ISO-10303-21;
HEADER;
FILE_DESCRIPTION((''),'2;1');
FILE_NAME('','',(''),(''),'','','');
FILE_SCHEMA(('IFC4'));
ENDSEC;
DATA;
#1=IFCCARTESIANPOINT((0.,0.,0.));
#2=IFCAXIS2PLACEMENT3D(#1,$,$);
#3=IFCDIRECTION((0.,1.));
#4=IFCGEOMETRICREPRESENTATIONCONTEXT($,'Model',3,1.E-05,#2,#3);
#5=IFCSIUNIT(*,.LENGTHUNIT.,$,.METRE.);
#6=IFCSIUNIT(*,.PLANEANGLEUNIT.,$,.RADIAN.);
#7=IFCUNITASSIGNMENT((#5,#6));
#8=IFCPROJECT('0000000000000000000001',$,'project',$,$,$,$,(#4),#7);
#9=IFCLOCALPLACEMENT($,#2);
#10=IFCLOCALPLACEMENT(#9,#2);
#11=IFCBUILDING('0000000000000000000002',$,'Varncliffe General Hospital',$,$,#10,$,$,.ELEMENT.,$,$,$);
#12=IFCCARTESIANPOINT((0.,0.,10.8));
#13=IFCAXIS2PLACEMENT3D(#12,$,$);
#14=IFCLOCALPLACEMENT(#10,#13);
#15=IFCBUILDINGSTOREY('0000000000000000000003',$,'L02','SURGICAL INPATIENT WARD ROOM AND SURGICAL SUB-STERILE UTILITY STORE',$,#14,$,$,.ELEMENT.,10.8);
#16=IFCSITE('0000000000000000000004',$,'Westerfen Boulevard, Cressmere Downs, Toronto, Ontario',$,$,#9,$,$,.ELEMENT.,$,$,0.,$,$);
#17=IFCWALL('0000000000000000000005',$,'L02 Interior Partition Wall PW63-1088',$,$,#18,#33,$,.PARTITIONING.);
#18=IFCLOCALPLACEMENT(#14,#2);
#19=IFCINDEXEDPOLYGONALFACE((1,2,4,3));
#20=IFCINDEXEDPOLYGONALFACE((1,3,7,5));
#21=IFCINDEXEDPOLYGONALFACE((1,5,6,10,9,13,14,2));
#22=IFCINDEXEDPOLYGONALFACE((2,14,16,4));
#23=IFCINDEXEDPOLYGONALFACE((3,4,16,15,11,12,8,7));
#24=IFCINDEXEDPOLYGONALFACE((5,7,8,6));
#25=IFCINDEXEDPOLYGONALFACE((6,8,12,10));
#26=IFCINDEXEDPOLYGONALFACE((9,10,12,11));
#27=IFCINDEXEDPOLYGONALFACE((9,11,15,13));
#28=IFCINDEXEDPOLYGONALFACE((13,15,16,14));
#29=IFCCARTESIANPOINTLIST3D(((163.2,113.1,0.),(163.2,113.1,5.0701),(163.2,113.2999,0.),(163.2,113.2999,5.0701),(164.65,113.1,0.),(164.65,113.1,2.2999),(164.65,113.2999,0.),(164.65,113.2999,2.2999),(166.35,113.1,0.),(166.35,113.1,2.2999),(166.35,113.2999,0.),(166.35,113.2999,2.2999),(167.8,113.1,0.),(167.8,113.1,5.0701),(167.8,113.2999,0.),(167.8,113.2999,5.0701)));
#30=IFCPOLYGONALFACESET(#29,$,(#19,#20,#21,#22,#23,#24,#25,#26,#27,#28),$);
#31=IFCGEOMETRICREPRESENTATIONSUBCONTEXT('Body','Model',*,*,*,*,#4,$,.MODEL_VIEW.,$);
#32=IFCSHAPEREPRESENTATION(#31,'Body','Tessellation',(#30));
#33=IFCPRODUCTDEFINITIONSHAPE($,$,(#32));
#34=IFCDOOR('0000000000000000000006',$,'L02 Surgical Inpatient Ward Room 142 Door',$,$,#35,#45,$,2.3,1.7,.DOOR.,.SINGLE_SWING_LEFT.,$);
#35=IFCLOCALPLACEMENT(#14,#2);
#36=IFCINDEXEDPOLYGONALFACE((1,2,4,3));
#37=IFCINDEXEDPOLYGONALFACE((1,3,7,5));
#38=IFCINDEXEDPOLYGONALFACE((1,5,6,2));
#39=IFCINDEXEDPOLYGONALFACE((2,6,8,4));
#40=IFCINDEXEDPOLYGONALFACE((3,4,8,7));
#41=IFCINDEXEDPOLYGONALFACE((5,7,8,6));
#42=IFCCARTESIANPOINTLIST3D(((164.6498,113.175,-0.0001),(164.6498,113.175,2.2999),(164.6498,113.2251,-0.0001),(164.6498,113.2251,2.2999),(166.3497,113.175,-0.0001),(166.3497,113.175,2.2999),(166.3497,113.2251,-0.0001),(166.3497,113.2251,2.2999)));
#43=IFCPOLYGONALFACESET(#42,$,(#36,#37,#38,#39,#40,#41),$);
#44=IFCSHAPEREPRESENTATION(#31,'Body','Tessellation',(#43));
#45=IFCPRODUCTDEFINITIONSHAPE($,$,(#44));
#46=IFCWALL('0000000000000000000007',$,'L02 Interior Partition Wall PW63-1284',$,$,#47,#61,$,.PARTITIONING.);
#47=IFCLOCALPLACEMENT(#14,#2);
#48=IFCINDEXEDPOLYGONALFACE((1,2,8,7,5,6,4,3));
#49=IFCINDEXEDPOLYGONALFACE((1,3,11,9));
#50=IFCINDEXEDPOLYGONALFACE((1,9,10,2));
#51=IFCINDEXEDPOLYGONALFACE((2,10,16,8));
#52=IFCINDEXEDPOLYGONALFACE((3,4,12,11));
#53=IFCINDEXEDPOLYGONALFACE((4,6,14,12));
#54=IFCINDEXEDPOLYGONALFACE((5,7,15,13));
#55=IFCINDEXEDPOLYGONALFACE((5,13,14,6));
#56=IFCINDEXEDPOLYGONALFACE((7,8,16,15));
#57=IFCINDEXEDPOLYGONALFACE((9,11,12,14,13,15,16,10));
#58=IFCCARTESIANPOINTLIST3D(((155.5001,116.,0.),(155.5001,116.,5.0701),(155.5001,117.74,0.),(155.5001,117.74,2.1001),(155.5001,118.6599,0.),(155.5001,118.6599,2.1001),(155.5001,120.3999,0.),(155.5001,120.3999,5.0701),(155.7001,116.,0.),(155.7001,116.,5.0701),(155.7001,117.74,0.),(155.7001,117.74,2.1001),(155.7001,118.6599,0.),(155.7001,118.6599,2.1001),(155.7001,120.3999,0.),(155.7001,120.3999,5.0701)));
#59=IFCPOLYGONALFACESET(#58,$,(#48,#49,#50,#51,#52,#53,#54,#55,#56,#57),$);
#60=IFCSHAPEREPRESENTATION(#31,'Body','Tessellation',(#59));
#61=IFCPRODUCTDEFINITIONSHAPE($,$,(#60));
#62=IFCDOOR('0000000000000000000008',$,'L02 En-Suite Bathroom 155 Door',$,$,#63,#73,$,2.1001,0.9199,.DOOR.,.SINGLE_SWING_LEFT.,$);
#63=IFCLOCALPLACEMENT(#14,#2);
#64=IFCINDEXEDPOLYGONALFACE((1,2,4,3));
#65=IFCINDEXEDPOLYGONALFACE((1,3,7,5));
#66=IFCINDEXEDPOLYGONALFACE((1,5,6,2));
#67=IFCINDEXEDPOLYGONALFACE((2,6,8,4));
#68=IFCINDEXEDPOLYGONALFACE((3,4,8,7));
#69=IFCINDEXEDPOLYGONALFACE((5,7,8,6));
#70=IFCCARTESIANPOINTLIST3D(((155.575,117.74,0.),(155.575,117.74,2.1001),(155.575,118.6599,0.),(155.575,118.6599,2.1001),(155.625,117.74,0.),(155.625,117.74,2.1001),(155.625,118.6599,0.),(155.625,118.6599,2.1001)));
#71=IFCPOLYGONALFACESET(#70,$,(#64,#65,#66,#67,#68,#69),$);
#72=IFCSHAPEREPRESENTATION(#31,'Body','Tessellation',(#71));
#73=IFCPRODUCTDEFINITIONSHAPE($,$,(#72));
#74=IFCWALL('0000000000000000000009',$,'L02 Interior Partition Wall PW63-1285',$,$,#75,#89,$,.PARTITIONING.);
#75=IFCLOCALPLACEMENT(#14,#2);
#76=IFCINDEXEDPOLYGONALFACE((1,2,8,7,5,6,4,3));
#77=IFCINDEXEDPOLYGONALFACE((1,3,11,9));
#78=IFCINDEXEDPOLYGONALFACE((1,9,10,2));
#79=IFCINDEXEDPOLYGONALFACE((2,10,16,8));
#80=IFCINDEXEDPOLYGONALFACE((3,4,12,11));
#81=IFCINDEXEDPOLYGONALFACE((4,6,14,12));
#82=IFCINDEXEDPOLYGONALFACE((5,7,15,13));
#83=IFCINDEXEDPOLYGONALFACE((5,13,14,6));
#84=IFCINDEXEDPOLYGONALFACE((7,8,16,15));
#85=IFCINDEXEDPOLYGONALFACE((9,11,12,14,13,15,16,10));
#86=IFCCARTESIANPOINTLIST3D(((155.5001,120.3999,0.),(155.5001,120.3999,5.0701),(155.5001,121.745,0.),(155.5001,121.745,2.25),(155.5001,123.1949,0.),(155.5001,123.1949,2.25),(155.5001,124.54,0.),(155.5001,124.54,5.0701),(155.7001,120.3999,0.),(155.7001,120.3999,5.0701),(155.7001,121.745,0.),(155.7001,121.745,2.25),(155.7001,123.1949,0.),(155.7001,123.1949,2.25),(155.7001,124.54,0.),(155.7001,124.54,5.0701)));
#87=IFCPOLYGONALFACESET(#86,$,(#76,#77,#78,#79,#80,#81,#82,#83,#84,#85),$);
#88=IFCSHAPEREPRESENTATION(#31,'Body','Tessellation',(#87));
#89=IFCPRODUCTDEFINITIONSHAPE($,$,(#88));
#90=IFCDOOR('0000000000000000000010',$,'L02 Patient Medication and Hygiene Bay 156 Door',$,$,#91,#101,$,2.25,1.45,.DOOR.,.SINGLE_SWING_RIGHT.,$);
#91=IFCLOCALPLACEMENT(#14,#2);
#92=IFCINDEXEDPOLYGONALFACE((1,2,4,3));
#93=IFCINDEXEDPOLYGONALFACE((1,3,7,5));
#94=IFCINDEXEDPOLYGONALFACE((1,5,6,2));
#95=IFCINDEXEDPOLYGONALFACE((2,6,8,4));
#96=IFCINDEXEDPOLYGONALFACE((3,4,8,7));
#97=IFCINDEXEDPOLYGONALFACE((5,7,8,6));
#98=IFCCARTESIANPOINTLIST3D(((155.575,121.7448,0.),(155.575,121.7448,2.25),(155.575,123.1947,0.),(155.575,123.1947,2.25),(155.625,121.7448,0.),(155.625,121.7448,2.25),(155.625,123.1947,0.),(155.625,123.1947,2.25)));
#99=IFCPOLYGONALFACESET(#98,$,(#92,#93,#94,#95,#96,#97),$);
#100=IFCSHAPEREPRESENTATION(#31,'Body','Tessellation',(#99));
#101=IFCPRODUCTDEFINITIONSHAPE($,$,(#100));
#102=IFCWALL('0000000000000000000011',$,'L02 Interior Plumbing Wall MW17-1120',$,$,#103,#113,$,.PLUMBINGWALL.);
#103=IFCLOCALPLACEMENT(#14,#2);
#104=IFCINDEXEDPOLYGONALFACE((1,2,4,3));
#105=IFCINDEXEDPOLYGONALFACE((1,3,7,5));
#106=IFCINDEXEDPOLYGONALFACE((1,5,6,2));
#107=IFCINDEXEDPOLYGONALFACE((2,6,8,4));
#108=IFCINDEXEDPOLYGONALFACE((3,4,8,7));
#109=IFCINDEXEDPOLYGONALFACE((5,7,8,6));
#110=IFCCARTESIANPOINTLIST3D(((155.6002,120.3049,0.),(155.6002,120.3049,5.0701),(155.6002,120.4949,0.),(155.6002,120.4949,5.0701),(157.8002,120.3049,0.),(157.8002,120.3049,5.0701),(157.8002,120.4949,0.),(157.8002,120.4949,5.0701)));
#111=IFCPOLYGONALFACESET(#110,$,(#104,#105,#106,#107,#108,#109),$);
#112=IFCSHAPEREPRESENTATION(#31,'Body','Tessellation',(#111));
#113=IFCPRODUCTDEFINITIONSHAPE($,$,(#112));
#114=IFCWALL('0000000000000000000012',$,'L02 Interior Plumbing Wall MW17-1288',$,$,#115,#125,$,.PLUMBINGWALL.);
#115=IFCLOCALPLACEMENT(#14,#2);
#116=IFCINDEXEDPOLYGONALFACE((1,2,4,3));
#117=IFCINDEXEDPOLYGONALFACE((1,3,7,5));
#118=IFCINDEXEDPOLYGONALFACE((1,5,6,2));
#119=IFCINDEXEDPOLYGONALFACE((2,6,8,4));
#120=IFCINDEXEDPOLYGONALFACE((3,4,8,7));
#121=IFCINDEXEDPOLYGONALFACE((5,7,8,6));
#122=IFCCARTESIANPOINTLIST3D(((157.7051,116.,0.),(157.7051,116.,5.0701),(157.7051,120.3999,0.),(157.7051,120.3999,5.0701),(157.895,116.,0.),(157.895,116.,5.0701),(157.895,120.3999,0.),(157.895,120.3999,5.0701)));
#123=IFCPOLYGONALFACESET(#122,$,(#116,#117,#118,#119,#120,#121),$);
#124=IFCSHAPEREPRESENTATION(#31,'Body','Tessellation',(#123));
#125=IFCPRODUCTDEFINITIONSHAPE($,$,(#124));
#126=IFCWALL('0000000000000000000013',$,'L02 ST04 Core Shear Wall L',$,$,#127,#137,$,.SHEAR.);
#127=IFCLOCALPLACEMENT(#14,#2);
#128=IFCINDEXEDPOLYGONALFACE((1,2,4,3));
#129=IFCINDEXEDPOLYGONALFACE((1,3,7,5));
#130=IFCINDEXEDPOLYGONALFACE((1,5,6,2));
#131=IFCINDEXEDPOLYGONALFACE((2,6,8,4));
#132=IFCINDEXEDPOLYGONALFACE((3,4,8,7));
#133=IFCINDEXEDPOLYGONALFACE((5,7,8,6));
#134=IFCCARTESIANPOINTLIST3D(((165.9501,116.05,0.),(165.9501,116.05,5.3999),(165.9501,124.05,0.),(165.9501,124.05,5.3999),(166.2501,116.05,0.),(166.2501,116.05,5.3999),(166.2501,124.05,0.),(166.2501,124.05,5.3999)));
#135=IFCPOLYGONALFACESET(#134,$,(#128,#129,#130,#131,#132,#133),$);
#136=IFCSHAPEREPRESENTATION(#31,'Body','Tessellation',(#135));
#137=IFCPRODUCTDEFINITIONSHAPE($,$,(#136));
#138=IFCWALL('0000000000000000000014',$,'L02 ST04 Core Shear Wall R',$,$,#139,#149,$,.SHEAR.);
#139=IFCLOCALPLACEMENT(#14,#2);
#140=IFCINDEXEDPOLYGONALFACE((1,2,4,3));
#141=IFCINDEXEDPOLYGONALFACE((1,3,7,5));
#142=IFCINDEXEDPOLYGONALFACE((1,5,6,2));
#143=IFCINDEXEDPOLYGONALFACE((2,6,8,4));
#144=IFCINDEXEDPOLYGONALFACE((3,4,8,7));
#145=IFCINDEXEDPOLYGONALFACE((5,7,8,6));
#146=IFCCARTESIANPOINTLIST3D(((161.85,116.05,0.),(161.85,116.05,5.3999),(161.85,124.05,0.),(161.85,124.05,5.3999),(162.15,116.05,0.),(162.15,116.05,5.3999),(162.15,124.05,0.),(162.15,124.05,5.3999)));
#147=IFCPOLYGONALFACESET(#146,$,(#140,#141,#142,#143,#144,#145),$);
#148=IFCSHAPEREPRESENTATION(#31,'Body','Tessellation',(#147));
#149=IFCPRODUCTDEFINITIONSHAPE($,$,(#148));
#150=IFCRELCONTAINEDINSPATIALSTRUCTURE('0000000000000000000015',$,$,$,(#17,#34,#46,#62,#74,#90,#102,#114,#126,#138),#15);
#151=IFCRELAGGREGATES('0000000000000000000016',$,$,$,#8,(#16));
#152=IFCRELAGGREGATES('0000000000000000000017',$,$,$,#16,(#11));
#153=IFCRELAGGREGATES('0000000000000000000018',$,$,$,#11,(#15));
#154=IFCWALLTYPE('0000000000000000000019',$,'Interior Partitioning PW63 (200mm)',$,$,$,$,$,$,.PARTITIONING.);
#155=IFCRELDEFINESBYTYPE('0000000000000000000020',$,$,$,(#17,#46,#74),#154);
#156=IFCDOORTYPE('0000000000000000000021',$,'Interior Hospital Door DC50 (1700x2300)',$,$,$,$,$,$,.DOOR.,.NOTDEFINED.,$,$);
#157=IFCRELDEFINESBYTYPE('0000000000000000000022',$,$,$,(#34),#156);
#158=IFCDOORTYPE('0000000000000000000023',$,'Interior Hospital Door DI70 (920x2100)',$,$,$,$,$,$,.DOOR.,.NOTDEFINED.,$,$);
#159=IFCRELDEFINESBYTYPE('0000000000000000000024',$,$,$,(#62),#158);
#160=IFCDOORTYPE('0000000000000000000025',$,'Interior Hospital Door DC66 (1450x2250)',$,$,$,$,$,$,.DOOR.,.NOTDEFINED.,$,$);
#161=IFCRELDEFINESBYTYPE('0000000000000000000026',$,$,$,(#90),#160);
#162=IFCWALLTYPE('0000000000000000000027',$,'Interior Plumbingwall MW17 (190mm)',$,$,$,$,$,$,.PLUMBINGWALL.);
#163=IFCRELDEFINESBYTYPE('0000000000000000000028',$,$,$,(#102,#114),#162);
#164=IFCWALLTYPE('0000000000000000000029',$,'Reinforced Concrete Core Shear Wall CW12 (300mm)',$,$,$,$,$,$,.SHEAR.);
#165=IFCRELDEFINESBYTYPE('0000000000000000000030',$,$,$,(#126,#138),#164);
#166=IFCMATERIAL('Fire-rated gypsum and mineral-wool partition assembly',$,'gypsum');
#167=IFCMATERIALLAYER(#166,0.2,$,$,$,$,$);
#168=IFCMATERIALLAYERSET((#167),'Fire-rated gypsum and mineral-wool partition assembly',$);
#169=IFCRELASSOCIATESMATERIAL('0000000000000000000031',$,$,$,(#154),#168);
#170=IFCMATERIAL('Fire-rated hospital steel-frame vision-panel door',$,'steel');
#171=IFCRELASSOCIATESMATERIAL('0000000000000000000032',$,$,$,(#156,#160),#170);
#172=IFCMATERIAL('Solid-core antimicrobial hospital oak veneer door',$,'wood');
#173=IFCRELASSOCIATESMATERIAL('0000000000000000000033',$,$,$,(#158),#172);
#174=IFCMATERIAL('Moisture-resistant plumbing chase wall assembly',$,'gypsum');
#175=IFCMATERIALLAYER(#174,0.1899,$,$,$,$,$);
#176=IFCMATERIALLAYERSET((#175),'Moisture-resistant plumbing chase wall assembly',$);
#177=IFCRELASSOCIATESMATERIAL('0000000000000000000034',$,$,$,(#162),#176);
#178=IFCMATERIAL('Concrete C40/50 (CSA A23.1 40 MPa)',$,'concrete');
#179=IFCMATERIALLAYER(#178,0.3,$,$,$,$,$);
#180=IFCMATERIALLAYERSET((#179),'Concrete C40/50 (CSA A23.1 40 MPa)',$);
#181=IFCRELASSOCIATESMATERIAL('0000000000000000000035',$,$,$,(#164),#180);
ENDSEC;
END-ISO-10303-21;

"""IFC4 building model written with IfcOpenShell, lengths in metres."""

from ifc_helpers import new_model, si_unit, direction, frame, frame_2d, origin, place, context, subcontext, project, spatial, rectangle, extrude, material, layer, layer_set, type_object, element, fill, save


model = new_model("IFC4")

# Units and contexts
model_context = context("Model", 3, precision=1e-05, world=origin(), true_north=direction((0.0, 1.0)))
body_context = subcontext(model_context, "Body", "Model", "MODEL_VIEW")
ifc_project = project(units=[si_unit("LENGTHUNIT", "METRE"), si_unit("PLANEANGLEUNIT", "RADIAN")], contexts=[model_context])

# Site, building, storey
site_placement = place(None, origin())
site = spatial("IfcSite", under=ifc_project, at=site_placement, Name="Westerfen Boulevard, Cressmere Downs, Toronto, Ontario", CompositionType="ELEMENT", RefElevation=0.0)
building_placement = place(site_placement, origin())
building = spatial("IfcBuilding", under=site, at=building_placement, Name="Varncliffe General Hospital", CompositionType="ELEMENT")
storey_placement = place(building_placement, frame((0.0, 0.0, 10.8)))
storey = spatial("IfcBuildingStorey", under=building, at=storey_placement, Name="L02", Description="SURGICAL INPATIENT WARD ROOM AND SURGICAL SUB-STERILE UTILITY STORE", CompositionType="ELEMENT", Elevation=10.8)

# Shared definitions
ifc_material_1 = material(Name="Concrete C40/50 (CSA A23.1 40 MPa)", Category="concrete")

# Walls, openings, doors
ifc_material_2 = material(Name="Fire-rated gypsum and mineral-wool partition assembly", Category="gypsum")
ifc_layer_1 = layer(ifc_material_2, 0.2)
ifc_layer_set_1 = layer_set([ifc_layer_1], Name="Fire-rated gypsum and mineral-wool partition assembly")
wall_type_1 = type_object("IfcWallType", Name="Interior Partitioning PW63 (200mm)", PredefinedType="PARTITIONING", material=ifc_layer_set_1)
wall_1_placement = place(storey_placement, frame((163.2, 113.2, 0.0), z_axis=(0.0, 0.0, 1.0), x_axis=(1.0, 0.0, 0.0)))
wall_1 = element("IfcWall", 1, at=wall_1_placement, inside=storey, type_object=wall_type_1, Name="L02 Interior Partition Wall PW63-1088", PredefinedType="PARTITIONING", context=body_context, shape_type="SweptSolid", body=[
    extrude(rectangle(XDim=4.6001, YDim=0.2, at=frame_2d((2.3, 0.0))), origin(), (0.0, 0.0, 1.0), 5.0701),
])
opening_1_placement = place(wall_1_placement, frame((1.45, 0.0, 0.0)))
opening_1 = element("IfcOpeningElement", 2, at=opening_1_placement, cuts=wall_1, PredefinedType="OPENING", context=body_context, shape_type="SweptSolid", body=[
    extrude(rectangle(XDim=1.7, YDim=2.3, at=frame_2d((0.8501, 1.1499))), frame((0.0, 0.1099, 0.0), z_axis=(0.0, -1.0, 0.0), x_axis=(1.0, 0.0, 0.0)), (0.0, 0.0, 1.0), 0.22),
])
ifc_material_3 = material(Name="Fire-rated hospital steel-frame vision-panel door", Category="steel")
door_type_1 = type_object("IfcDoorType", Name="Interior Hospital Door DC50 (1700x2300)", OperationType="NOTDEFINED", PredefinedType="DOOR", material=ifc_material_3)
door_1_placement = place(opening_1_placement, frame((1.7, 0.0, 0.0), z_axis=(0.0, 0.0, 1.0), x_axis=(-1.0, 0.0, 0.0)))
door_1 = element("IfcDoor", 3, at=door_1_placement, inside=storey, type_object=door_type_1, Name="L02 Surgical Inpatient Ward Room 142 Door", OperationType="SINGLE_SWING_LEFT", OverallHeight=2.3, OverallWidth=1.7, PredefinedType="DOOR", context=body_context, shape_type="SweptSolid", body=[
    extrude(rectangle(XDim=1.7, YDim=2.3, at=frame_2d((0.8501, 1.1499))), frame((0.0, 0.0249, 0.0), z_axis=(0.0, -1.0, 0.0), x_axis=(1.0, 0.0, 0.0)), (0.0, 0.0, 1.0), 0.05),
])
fill(opening_1, door_1)
wall_2_placement = place(storey_placement, frame((155.6001, 116.0, 0.0), z_axis=(0.0, 0.0, 1.0), x_axis=(0.0, 1.0, 0.0)))
wall_2 = element("IfcWall", 4, at=wall_2_placement, inside=storey, type_object=wall_type_1, Name="L02 Interior Partition Wall PW63-1284", PredefinedType="PARTITIONING", context=body_context, shape_type="SweptSolid", body=[
    extrude(rectangle(XDim=4.3999, YDim=0.2, at=frame_2d((2.2, 0.0))), origin(), (0.0, 0.0, 1.0), 5.0701),
])
opening_2_placement = place(wall_2_placement, frame((1.74, 0.0, 0.0)))
opening_2 = element("IfcOpeningElement", 5, at=opening_2_placement, cuts=wall_2, PredefinedType="OPENING", context=body_context, shape_type="SweptSolid", body=[
    extrude(rectangle(XDim=0.9199, YDim=2.1001, at=frame_2d((0.46, 1.05))), frame((0.0, 0.1099, 0.0), z_axis=(0.0, -1.0, 0.0), x_axis=(1.0, 0.0, 0.0)), (0.0, 0.0, 1.0), 0.22),
])
ifc_material_4 = material(Name="Solid-core antimicrobial hospital oak veneer door", Category="wood")
door_type_2 = type_object("IfcDoorType", Name="Interior Hospital Door DI70 (920x2100)", OperationType="NOTDEFINED", PredefinedType="DOOR", material=ifc_material_4)
door_2_placement = place(opening_2_placement, frame((0.9199, 0.0, 0.0), z_axis=(0.0, 0.0, 1.0), x_axis=(-1.0, 0.0, 0.0)))
door_2 = element("IfcDoor", 6, at=door_2_placement, inside=storey, type_object=door_type_2, Name="L02 En-Suite Bathroom 155 Door", OperationType="SINGLE_SWING_LEFT", OverallHeight=2.1001, OverallWidth=0.9199, PredefinedType="DOOR", context=body_context, shape_type="SweptSolid", body=[
    extrude(rectangle(XDim=0.9199, YDim=2.1001, at=frame_2d((0.46, 1.05))), frame((0.0, 0.0249, 0.0), z_axis=(0.0, -1.0, 0.0), x_axis=(1.0, 0.0, 0.0)), (0.0, 0.0, 1.0), 0.05),
])
fill(opening_2, door_2)
wall_3_placement = place(storey_placement, frame((155.6001, 120.3999, 0.0), z_axis=(0.0, 0.0, 1.0), x_axis=(0.0, 1.0, 0.0)))
wall_3 = element("IfcWall", 7, at=wall_3_placement, inside=storey, type_object=wall_type_1, Name="L02 Interior Partition Wall PW63-1285", PredefinedType="PARTITIONING", context=body_context, shape_type="SweptSolid", body=[
    extrude(rectangle(XDim=4.1401, YDim=0.2, at=frame_2d((2.0701, 0.0))), origin(), (0.0, 0.0, 1.0), 5.0701),
])
opening_3_placement = place(wall_3_placement, frame((1.345, 0.0, 0.0)))
opening_3 = element("IfcOpeningElement", 8, at=opening_3_placement, cuts=wall_3, PredefinedType="OPENING", context=body_context, shape_type="SweptSolid", body=[
    extrude(rectangle(XDim=1.45, YDim=2.25, at=frame_2d((0.7251, 1.125))), frame((0.0, 0.1099, 0.0), z_axis=(0.0, -1.0, 0.0), x_axis=(1.0, 0.0, 0.0)), (0.0, 0.0, 1.0), 0.22),
])
door_type_3 = type_object("IfcDoorType", Name="Interior Hospital Door DC66 (1450x2250)", OperationType="NOTDEFINED", PredefinedType="DOOR", material=ifc_material_3)
door_3_placement = place(opening_3_placement, frame((1.45, 0.0, 0.0), z_axis=(0.0, 0.0, 1.0), x_axis=(-1.0, 0.0, 0.0)))
door_3 = element("IfcDoor", 9, at=door_3_placement, inside=storey, type_object=door_type_3, Name="L02 Patient Medication and Hygiene Bay 156 Door", OperationType="SINGLE_SWING_RIGHT", OverallHeight=2.25, OverallWidth=1.45, PredefinedType="DOOR", context=body_context, shape_type="SweptSolid", body=[
    extrude(rectangle(XDim=1.45, YDim=2.25, at=frame_2d((0.7251, 1.125))), frame((0.0, 0.0249, 0.0), z_axis=(0.0, -1.0, 0.0), x_axis=(1.0, 0.0, 0.0)), (0.0, 0.0, 1.0), 0.05),
])
fill(opening_3, door_3)

# Walls
ifc_material_5 = material(Name="Moisture-resistant plumbing chase wall assembly", Category="gypsum")
ifc_layer_2 = layer(ifc_material_5, 0.1899)
ifc_layer_set_2 = layer_set([ifc_layer_2], Name="Moisture-resistant plumbing chase wall assembly")
wall_type_2 = type_object("IfcWallType", Name="Interior Plumbingwall MW17 (190mm)", PredefinedType="PLUMBINGWALL", material=ifc_layer_set_2)
wall_4_placement = place(storey_placement, frame((155.6001, 120.3999, 0.0), z_axis=(0.0, 0.0, 1.0), x_axis=(1.0, 0.0, 0.0)))
element("IfcWall", 10, at=wall_4_placement, inside=storey, type_object=wall_type_2, Name="L02 Interior Plumbing Wall MW17-1120", PredefinedType="PLUMBINGWALL", context=body_context, shape_type="SweptSolid", body=[
    extrude(rectangle(XDim=2.2, YDim=0.1899, at=frame_2d((1.1001, 0.0))), origin(), (0.0, 0.0, 1.0), 5.0701),
])
wall_5_placement = place(storey_placement, frame((157.8, 116.0, 0.0), z_axis=(0.0, 0.0, 1.0), x_axis=(0.0, 1.0, 0.0)))
element("IfcWall", 11, at=wall_5_placement, inside=storey, type_object=wall_type_2, Name="L02 Interior Plumbing Wall MW17-1288", PredefinedType="PLUMBINGWALL", context=body_context, shape_type="SweptSolid", body=[
    extrude(rectangle(XDim=4.3999, YDim=0.1899, at=frame_2d((2.2, 0.0))), origin(), (0.0, 0.0, 1.0), 5.0701),
])
ifc_layer_3 = layer(ifc_material_1, 0.3)
ifc_layer_set_3 = layer_set([ifc_layer_3], Name="Concrete C40/50 (CSA A23.1 40 MPa)")
wall_type_3 = type_object("IfcWallType", Name="Reinforced Concrete Core Shear Wall CW12 (300mm)", PredefinedType="SHEAR", material=ifc_layer_set_3)
for number, where, z_axis, x_axis, name in (
    (12, (166.1001, 116.05, 0.0), (0.0, 0.0, 1.0), (0.0, 1.0, 0.0), "L02 ST04 Core Shear Wall L"),
    (13, (162.0, 124.05, 0.0), (0.0, 0.0, 1.0), (0.0, -1.0, 0.0), "L02 ST04 Core Shear Wall R"),
):
    element("IfcWall", number, at=place(storey_placement, frame(where, z_axis=z_axis, x_axis=x_axis)), inside=storey, type_object=wall_type_3, Name=name, PredefinedType="SHEAR", context=body_context, shape_type="SweptSolid", body=[
        extrude(rectangle(XDim=8.0, YDim=0.3, at=frame_2d((4.0, 0.0))), origin(), (0.0, 0.0, 1.0), 5.3999),
    ])

save(model, "model.ifc")
